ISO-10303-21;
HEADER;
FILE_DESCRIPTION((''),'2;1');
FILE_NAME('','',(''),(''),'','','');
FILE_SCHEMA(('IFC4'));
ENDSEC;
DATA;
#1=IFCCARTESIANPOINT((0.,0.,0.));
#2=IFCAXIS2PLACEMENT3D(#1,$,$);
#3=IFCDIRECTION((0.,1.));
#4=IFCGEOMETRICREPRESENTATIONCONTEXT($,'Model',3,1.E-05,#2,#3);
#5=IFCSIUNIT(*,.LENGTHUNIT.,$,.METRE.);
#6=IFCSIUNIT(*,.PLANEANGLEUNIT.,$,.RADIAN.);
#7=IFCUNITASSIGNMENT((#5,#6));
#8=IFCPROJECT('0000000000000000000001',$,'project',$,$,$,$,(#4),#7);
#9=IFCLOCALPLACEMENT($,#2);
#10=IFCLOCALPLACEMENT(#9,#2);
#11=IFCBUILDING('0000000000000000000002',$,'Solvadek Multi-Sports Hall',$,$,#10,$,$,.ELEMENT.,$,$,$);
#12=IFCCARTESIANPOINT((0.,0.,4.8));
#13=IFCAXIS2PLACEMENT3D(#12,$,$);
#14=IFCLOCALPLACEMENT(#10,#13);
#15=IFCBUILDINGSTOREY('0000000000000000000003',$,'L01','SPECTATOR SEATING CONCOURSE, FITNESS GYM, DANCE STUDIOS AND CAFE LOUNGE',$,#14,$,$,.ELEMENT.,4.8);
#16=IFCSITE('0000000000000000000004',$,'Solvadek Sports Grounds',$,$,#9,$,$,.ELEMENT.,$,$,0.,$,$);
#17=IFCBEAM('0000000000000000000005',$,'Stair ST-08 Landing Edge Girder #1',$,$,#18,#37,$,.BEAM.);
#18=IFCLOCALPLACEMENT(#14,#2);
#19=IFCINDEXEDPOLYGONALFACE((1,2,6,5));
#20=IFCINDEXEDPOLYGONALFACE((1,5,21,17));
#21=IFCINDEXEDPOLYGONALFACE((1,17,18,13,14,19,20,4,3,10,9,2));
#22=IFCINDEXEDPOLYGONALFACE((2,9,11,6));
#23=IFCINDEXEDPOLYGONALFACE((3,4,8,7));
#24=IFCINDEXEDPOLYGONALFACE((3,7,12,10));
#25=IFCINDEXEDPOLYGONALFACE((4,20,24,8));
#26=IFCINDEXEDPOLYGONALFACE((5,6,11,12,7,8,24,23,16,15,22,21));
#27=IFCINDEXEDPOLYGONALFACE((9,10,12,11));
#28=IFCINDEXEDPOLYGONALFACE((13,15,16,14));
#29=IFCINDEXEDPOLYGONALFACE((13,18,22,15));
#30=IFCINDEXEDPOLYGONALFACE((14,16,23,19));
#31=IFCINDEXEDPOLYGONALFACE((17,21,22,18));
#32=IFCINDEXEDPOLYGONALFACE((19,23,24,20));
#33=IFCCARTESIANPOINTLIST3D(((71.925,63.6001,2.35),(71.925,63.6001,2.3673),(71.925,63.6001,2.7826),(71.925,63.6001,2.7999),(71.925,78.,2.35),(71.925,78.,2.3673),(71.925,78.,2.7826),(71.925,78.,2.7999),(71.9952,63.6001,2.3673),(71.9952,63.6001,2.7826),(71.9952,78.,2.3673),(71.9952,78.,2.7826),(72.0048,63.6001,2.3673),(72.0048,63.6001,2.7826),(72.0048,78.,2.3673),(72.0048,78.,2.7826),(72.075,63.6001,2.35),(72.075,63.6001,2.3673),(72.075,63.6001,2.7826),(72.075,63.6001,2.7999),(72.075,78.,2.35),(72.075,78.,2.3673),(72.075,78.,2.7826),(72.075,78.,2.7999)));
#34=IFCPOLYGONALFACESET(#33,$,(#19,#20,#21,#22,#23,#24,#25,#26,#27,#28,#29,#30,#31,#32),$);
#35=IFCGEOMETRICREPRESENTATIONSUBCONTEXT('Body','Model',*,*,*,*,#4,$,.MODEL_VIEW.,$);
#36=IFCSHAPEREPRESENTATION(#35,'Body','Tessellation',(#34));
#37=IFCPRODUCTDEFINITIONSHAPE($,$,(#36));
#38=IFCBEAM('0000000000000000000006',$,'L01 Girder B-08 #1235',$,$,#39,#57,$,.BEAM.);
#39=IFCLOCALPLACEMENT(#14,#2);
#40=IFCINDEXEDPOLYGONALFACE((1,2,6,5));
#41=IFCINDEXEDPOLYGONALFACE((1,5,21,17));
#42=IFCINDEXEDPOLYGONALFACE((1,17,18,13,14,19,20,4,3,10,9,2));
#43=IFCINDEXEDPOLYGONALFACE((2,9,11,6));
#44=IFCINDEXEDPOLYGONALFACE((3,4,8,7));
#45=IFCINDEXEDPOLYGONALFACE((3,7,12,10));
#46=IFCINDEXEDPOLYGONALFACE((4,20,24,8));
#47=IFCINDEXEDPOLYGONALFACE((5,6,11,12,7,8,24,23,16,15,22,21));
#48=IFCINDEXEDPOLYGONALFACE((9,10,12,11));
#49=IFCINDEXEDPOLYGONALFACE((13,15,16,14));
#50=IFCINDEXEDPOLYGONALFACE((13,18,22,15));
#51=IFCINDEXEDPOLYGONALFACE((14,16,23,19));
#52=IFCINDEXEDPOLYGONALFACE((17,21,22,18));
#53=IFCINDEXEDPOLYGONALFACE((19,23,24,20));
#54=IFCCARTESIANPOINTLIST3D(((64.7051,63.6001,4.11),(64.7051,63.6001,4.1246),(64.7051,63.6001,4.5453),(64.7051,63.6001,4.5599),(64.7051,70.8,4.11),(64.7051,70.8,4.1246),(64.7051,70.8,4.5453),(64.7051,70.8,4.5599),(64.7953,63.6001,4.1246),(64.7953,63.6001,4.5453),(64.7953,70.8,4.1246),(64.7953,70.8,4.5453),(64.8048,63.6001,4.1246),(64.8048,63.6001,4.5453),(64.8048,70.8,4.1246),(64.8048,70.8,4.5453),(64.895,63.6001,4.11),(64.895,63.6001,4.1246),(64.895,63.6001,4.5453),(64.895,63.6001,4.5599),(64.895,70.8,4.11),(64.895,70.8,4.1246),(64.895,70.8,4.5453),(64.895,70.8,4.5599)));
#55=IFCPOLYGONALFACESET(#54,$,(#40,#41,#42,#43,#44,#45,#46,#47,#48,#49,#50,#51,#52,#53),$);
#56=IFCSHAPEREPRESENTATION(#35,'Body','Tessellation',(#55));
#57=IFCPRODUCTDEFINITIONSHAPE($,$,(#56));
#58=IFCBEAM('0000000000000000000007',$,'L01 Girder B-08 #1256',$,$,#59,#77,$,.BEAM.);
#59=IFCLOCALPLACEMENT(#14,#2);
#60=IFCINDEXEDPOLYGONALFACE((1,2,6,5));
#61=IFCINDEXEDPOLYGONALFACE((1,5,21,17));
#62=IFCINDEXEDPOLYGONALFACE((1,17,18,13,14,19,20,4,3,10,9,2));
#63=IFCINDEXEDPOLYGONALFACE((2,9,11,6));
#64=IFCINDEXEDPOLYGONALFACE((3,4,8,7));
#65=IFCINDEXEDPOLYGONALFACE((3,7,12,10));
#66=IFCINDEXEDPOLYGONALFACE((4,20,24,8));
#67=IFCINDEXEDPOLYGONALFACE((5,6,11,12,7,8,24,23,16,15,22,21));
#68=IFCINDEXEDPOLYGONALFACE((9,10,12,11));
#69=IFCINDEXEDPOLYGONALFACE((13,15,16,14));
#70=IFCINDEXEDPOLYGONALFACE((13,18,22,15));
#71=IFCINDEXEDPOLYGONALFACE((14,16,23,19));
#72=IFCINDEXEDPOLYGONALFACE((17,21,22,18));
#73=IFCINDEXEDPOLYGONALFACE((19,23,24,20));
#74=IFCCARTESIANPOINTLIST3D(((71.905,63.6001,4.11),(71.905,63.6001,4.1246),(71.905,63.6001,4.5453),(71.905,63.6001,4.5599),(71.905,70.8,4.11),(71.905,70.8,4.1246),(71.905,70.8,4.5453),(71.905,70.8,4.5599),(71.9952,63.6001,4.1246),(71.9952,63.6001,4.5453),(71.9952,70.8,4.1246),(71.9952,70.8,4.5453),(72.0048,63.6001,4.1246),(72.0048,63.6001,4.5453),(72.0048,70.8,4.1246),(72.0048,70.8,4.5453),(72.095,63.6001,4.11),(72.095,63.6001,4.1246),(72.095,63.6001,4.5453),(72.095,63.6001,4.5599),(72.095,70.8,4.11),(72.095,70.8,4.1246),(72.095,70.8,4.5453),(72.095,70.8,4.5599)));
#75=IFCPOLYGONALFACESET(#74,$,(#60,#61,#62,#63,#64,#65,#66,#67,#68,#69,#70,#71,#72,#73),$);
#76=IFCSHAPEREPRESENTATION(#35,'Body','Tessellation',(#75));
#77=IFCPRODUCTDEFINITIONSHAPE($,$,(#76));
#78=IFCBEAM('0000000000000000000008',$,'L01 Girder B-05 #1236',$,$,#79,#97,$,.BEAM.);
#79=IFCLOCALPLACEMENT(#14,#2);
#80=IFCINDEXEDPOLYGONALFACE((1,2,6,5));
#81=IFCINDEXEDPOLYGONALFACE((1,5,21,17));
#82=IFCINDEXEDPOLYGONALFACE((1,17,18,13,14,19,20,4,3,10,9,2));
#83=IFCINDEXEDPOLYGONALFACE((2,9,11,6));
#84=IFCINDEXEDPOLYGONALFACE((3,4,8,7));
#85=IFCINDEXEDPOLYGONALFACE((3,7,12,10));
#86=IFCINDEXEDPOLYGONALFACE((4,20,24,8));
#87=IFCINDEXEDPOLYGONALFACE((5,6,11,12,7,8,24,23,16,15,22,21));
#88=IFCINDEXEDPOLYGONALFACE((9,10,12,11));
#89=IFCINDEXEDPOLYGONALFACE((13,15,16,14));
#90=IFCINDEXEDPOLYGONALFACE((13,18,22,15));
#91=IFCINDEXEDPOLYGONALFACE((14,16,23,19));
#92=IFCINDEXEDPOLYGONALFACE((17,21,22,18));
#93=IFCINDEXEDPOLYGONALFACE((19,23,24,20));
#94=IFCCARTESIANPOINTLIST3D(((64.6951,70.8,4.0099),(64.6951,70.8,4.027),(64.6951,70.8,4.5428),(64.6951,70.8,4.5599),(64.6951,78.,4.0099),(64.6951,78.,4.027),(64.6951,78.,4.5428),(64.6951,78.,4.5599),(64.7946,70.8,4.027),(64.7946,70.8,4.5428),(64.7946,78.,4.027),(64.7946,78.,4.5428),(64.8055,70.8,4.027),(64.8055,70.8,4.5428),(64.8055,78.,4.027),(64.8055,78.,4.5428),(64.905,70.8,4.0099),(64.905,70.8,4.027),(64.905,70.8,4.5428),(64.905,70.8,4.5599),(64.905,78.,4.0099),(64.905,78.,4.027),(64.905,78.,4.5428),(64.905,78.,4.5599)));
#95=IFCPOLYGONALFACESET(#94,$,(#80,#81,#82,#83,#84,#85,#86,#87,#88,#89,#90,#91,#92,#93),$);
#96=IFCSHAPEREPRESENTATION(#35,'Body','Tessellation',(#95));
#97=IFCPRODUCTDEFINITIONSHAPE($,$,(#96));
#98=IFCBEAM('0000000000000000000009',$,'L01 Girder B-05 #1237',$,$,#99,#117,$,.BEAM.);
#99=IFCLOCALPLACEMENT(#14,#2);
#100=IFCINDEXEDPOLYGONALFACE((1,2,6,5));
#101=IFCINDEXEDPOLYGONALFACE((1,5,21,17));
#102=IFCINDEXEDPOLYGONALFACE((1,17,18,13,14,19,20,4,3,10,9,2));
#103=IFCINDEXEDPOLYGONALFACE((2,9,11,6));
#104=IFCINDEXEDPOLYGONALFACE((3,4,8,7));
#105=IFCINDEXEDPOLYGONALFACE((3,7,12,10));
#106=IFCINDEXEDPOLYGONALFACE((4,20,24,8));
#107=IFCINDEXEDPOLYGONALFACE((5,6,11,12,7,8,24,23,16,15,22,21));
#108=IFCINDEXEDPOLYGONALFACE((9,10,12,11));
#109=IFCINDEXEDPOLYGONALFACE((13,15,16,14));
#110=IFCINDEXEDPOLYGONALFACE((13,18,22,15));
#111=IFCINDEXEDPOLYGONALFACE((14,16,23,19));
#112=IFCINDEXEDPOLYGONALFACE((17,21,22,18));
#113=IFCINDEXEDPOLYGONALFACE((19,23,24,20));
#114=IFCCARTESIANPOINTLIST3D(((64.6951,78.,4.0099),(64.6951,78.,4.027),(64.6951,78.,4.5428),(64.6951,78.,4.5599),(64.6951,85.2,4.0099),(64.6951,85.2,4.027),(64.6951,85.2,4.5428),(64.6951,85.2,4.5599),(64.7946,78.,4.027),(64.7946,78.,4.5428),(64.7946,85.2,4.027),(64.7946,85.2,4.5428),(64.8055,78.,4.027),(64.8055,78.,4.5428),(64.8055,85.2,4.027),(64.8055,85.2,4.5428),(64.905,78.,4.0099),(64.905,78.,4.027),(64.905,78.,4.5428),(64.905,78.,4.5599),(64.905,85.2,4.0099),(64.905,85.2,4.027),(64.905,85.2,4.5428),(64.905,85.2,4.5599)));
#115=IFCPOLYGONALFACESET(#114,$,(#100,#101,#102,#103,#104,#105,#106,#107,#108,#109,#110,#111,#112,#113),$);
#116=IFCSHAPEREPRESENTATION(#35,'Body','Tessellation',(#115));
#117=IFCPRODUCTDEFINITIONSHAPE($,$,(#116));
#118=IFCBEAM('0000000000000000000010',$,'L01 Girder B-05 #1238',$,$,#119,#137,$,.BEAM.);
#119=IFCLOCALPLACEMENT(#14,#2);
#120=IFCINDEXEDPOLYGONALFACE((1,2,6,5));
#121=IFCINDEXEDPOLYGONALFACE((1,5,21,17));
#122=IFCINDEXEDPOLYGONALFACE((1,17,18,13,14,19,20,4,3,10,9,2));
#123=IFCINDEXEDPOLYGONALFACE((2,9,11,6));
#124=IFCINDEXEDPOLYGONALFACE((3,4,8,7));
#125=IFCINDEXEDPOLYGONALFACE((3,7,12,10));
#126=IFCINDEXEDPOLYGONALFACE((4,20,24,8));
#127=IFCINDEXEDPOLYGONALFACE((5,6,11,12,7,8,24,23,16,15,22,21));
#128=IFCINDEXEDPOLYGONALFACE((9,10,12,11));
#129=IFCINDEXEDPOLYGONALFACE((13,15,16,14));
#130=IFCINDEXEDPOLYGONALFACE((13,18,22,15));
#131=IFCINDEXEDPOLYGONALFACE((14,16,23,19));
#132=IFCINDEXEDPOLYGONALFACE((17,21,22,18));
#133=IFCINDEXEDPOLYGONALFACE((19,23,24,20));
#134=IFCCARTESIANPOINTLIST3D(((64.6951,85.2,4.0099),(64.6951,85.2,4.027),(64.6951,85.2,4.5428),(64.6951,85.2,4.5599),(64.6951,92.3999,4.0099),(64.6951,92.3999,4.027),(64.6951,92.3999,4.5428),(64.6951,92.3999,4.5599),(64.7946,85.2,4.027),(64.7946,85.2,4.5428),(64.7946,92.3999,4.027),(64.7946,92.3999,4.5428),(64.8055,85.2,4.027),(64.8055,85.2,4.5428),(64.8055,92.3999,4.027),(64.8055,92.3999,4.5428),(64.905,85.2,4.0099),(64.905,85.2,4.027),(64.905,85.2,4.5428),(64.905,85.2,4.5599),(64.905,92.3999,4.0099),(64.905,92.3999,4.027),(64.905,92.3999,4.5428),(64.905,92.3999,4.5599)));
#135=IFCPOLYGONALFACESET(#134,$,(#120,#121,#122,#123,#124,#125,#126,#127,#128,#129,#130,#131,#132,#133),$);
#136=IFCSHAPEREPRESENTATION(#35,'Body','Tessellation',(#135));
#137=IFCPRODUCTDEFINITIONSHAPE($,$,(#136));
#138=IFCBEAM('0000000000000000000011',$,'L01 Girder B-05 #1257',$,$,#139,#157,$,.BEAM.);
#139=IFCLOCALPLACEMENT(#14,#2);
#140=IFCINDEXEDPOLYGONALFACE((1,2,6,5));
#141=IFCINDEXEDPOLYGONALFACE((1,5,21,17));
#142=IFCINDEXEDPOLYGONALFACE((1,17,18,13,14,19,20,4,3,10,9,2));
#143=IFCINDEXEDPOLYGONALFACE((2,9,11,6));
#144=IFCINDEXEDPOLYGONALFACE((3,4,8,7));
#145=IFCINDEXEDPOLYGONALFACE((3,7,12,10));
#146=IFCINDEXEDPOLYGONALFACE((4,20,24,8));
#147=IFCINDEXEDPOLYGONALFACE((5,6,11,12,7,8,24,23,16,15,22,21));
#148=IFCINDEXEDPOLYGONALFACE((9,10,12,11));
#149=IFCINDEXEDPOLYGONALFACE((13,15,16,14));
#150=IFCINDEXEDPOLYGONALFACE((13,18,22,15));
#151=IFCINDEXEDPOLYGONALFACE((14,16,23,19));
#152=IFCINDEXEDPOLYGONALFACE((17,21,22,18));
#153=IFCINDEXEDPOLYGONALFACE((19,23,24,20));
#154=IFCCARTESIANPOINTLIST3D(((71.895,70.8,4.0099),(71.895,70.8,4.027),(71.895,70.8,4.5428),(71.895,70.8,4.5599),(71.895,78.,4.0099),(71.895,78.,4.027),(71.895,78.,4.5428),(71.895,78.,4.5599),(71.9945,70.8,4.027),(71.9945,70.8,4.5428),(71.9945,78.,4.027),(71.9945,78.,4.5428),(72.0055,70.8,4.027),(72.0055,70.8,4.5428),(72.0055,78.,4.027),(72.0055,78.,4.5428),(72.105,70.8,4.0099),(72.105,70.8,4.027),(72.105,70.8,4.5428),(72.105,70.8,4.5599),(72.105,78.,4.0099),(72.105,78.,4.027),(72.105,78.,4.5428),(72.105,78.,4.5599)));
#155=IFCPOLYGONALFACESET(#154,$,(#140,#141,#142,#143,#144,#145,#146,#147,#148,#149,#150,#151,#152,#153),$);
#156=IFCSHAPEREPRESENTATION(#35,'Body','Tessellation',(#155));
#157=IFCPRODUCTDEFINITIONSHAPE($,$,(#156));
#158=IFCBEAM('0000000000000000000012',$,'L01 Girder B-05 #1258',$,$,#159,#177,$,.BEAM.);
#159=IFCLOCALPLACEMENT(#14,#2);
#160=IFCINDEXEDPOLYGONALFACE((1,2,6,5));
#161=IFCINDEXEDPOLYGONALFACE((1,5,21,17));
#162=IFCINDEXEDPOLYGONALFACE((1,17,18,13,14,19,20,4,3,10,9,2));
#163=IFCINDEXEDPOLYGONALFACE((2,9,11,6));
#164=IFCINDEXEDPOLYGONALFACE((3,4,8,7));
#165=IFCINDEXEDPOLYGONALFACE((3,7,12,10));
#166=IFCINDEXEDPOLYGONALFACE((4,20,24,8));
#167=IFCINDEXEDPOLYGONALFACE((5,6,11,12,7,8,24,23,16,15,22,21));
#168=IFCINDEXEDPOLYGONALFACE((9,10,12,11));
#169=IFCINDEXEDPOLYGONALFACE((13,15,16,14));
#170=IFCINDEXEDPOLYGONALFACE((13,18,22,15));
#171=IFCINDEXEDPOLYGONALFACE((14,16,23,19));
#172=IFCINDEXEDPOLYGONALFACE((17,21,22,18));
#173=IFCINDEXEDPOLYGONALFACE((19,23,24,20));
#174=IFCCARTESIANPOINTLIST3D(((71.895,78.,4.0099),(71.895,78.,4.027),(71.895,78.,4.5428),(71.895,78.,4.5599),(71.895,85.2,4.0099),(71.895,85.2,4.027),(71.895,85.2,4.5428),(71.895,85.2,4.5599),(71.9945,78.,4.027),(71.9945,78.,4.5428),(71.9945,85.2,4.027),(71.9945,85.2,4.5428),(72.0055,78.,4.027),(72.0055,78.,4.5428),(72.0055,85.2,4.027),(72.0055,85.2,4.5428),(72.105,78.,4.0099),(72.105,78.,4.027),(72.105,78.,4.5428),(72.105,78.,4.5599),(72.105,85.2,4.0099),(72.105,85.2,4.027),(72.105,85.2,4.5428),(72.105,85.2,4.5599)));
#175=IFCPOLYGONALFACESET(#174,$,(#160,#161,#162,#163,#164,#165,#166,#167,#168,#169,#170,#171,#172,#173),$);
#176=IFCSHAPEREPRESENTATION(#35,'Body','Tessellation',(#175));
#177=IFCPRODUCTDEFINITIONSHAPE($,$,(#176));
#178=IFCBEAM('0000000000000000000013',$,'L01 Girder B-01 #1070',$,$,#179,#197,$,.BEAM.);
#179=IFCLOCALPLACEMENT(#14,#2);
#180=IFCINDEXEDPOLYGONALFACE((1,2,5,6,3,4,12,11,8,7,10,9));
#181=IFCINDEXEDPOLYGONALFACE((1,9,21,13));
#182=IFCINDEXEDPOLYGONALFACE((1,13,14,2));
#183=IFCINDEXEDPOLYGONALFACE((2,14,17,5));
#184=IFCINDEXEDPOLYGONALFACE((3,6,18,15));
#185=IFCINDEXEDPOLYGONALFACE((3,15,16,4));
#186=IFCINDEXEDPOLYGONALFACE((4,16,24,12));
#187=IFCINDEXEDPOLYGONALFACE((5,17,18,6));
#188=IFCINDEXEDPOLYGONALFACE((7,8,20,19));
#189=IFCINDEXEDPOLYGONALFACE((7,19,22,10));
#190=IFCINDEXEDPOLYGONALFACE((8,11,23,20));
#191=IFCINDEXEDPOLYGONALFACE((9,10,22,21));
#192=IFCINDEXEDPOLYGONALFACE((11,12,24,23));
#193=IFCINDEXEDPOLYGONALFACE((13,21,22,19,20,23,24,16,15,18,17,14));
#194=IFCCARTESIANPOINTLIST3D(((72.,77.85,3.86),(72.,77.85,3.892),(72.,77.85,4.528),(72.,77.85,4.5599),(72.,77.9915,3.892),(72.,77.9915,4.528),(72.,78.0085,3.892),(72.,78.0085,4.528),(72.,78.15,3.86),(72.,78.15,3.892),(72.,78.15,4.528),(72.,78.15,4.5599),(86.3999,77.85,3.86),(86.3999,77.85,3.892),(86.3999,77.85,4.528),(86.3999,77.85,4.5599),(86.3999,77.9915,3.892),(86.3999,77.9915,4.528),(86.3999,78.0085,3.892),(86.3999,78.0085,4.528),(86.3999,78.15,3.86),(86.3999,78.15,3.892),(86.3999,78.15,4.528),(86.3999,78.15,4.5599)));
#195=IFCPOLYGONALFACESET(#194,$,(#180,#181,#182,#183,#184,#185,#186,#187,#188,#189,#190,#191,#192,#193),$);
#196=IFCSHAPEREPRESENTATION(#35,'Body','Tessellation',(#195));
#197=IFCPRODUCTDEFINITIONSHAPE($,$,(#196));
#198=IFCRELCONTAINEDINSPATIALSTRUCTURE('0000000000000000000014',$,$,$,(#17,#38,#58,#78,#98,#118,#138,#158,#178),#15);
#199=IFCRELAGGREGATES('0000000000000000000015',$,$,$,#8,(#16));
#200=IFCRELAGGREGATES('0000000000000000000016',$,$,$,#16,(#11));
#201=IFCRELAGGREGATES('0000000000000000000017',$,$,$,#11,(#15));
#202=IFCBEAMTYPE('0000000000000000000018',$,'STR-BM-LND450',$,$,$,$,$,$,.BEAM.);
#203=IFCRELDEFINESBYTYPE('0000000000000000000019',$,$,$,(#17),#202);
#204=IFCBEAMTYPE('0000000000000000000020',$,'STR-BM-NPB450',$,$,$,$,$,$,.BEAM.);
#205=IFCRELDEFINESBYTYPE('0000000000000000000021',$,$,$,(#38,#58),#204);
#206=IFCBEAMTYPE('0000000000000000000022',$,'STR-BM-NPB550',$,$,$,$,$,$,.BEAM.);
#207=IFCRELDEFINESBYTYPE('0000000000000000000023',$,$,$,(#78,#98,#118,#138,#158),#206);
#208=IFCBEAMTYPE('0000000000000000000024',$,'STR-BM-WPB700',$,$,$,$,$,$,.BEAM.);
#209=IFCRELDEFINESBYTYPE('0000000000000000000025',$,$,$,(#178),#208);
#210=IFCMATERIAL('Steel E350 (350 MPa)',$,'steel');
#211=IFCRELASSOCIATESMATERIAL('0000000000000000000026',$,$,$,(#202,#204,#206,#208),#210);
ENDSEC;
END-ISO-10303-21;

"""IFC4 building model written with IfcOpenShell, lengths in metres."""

from ifc_helpers import new_model, si_unit, direction, frame, origin, origin_2d, place, context, subcontext, project, spatial, i_section, extrude, material, material_profile, profile_set, type_object, element, save


model = new_model("IFC4")

# Units and contexts
model_context = context("Model", 3, precision=1e-05, world=origin(), true_north=direction((0.0, 1.0)))
body_context = subcontext(model_context, "Body", "Model", "MODEL_VIEW")
ifc_project = project(units=[si_unit("LENGTHUNIT", "METRE"), si_unit("PLANEANGLEUNIT", "RADIAN")], contexts=[model_context])

# Site, building, storey
site_placement = place(None, origin())
site = spatial("IfcSite", under=ifc_project, at=site_placement, Name="Solvadek Sports Grounds", CompositionType="ELEMENT", RefElevation=0.0)
building_placement = place(site_placement, origin())
building = spatial("IfcBuilding", under=site, at=building_placement, Name="Solvadek Multi-Sports Hall", CompositionType="ELEMENT")
storey_placement = place(building_placement, frame((0.0, 0.0, 4.8)))
storey = spatial("IfcBuildingStorey", under=building, at=storey_placement, Name="L01", Description="SPECTATOR SEATING CONCOURSE, FITNESS GYM, DANCE STUDIOS AND CAFE LOUNGE", CompositionType="ELEMENT", Elevation=4.8)

# Shared definitions
ifc_material_1 = material(Name="Steel E350 (350 MPa)", Category="steel")

# Beams
ifc_material_profile_1 = material_profile(ifc_material_1, i_section(OverallWidth=0.1499, OverallDepth=0.45, WebThickness=0.0095, FlangeThickness=0.0173, at=origin_2d()), Name="ISMB 450")
ifc_profile_set_1 = profile_set([ifc_material_profile_1], Name="Steel E350 (350 MPa)")
beam_type_1 = type_object("IfcBeamType", Name="STR-BM-LND450", PredefinedType="BEAM", material=ifc_profile_set_1)
beam_placement = place(storey_placement, frame((72.0, 63.6001, 2.575), z_axis=(0.0, 1.0, 0.0), x_axis=(-1.0, 0.0, 0.0)))
element("IfcBeam", 1, at=beam_placement, inside=storey, type_object=beam_type_1, Name="Stair ST-08 Landing Edge Girder #1", PredefinedType="BEAM", context=body_context, shape_type="SweptSolid", body=[
    extrude(i_section(OverallWidth=0.1499, OverallDepth=0.45, WebThickness=0.0095, FlangeThickness=0.0173, at=origin_2d()), origin(), (0.0, 0.0, 1.0), 14.3999),
])
ifc_material_profile_2 = material_profile(ifc_material_1, i_section(OverallWidth=0.1899, OverallDepth=0.45, WebThickness=0.0095, FlangeThickness=0.0146, at=origin_2d()), Name="NPB 450")
ifc_profile_set_2 = profile_set([ifc_material_profile_2], Name="Steel E350 (350 MPa)")
beam_type_2 = type_object("IfcBeamType", Name="STR-BM-NPB450", PredefinedType="BEAM", material=ifc_profile_set_2)
for number, where, z_axis, x_axis, name in (
    (2, (64.8, 63.6001, 4.335), (0.0, 1.0, 0.0), (-1.0, 0.0, 0.0), "L01 Girder B-08 #1235"),
    (3, (72.0, 63.6001, 4.335), (0.0, 1.0, 0.0), (-1.0, 0.0, 0.0), "L01 Girder B-08 #1256"),
):
    element("IfcBeam", number, at=place(storey_placement, frame(where, z_axis=z_axis, x_axis=x_axis)), inside=storey, type_object=beam_type_2, Name=name, PredefinedType="BEAM", context=body_context, shape_type="SweptSolid", body=[
        extrude(i_section(OverallWidth=0.1899, OverallDepth=0.45, WebThickness=0.0095, FlangeThickness=0.0146, at=origin_2d()), origin(), (0.0, 0.0, 1.0), 7.2),
    ])
ifc_material_profile_3 = material_profile(ifc_material_1, i_section(OverallWidth=0.21, OverallDepth=0.55, WebThickness=0.011, FlangeThickness=0.0171, at=origin_2d()), Name="NPB 550")
ifc_profile_set_3 = profile_set([ifc_material_profile_3], Name="Steel E350 (350 MPa)")
beam_type_3 = type_object("IfcBeamType", Name="STR-BM-NPB550", PredefinedType="BEAM", material=ifc_profile_set_3)
for number, where, z_axis, x_axis, name in (
    (4, (64.8, 70.8, 4.2849), (0.0, 1.0, 0.0), (-1.0, 0.0, 0.0), "L01 Girder B-05 #1236"),
    (5, (64.8, 78.0, 4.2849), (0.0, 1.0, 0.0), (-1.0, 0.0, 0.0), "L01 Girder B-05 #1237"),
    (6, (64.8, 85.2, 4.2849), (0.0, 1.0, 0.0), (-1.0, 0.0, 0.0), "L01 Girder B-05 #1238"),
    (7, (72.0, 70.8, 4.2849), (0.0, 1.0, 0.0), (-1.0, 0.0, 0.0), "L01 Girder B-05 #1257"),
    (8, (72.0, 78.0, 4.2849), (0.0, 1.0, 0.0), (-1.0, 0.0, 0.0), "L01 Girder B-05 #1258"),
):
    element("IfcBeam", number, at=place(storey_placement, frame(where, z_axis=z_axis, x_axis=x_axis)), inside=storey, type_object=beam_type_3, Name=name, PredefinedType="BEAM", context=body_context, shape_type="SweptSolid", body=[
        extrude(i_section(OverallWidth=0.21, OverallDepth=0.55, WebThickness=0.011, FlangeThickness=0.0171, at=origin_2d()), origin(), (0.0, 0.0, 1.0), 7.2),
    ])
ifc_material_profile_4 = material_profile(ifc_material_1, i_section(OverallWidth=0.3, OverallDepth=0.7, WebThickness=0.0171, FlangeThickness=0.032, at=origin_2d()), Name="WPB 700")
ifc_profile_set_4 = profile_set([ifc_material_profile_4], Name="Steel E350 (350 MPa)")
beam_type_4 = type_object("IfcBeamType", Name="STR-BM-WPB700", PredefinedType="BEAM", material=ifc_profile_set_4)
for number, where, z_axis, x_axis, name in (
    (9, (72.0, 78.0, 4.21), (1.0, 0.0, 0.0), (0.0, 1.0, 0.0), "L01 Girder B-01 #1070"),
):
    element("IfcBeam", number, at=place(storey_placement, frame(where, z_axis=z_axis, x_axis=x_axis)), inside=storey, type_object=beam_type_4, Name=name, PredefinedType="BEAM", context=body_context, shape_type="SweptSolid", body=[
        extrude(i_section(OverallWidth=0.3, OverallDepth=0.7, WebThickness=0.0171, FlangeThickness=0.032, at=origin_2d()), origin(), (0.0, 0.0, 1.0), 14.3999),
    ])

save(model, "model.ifc")
